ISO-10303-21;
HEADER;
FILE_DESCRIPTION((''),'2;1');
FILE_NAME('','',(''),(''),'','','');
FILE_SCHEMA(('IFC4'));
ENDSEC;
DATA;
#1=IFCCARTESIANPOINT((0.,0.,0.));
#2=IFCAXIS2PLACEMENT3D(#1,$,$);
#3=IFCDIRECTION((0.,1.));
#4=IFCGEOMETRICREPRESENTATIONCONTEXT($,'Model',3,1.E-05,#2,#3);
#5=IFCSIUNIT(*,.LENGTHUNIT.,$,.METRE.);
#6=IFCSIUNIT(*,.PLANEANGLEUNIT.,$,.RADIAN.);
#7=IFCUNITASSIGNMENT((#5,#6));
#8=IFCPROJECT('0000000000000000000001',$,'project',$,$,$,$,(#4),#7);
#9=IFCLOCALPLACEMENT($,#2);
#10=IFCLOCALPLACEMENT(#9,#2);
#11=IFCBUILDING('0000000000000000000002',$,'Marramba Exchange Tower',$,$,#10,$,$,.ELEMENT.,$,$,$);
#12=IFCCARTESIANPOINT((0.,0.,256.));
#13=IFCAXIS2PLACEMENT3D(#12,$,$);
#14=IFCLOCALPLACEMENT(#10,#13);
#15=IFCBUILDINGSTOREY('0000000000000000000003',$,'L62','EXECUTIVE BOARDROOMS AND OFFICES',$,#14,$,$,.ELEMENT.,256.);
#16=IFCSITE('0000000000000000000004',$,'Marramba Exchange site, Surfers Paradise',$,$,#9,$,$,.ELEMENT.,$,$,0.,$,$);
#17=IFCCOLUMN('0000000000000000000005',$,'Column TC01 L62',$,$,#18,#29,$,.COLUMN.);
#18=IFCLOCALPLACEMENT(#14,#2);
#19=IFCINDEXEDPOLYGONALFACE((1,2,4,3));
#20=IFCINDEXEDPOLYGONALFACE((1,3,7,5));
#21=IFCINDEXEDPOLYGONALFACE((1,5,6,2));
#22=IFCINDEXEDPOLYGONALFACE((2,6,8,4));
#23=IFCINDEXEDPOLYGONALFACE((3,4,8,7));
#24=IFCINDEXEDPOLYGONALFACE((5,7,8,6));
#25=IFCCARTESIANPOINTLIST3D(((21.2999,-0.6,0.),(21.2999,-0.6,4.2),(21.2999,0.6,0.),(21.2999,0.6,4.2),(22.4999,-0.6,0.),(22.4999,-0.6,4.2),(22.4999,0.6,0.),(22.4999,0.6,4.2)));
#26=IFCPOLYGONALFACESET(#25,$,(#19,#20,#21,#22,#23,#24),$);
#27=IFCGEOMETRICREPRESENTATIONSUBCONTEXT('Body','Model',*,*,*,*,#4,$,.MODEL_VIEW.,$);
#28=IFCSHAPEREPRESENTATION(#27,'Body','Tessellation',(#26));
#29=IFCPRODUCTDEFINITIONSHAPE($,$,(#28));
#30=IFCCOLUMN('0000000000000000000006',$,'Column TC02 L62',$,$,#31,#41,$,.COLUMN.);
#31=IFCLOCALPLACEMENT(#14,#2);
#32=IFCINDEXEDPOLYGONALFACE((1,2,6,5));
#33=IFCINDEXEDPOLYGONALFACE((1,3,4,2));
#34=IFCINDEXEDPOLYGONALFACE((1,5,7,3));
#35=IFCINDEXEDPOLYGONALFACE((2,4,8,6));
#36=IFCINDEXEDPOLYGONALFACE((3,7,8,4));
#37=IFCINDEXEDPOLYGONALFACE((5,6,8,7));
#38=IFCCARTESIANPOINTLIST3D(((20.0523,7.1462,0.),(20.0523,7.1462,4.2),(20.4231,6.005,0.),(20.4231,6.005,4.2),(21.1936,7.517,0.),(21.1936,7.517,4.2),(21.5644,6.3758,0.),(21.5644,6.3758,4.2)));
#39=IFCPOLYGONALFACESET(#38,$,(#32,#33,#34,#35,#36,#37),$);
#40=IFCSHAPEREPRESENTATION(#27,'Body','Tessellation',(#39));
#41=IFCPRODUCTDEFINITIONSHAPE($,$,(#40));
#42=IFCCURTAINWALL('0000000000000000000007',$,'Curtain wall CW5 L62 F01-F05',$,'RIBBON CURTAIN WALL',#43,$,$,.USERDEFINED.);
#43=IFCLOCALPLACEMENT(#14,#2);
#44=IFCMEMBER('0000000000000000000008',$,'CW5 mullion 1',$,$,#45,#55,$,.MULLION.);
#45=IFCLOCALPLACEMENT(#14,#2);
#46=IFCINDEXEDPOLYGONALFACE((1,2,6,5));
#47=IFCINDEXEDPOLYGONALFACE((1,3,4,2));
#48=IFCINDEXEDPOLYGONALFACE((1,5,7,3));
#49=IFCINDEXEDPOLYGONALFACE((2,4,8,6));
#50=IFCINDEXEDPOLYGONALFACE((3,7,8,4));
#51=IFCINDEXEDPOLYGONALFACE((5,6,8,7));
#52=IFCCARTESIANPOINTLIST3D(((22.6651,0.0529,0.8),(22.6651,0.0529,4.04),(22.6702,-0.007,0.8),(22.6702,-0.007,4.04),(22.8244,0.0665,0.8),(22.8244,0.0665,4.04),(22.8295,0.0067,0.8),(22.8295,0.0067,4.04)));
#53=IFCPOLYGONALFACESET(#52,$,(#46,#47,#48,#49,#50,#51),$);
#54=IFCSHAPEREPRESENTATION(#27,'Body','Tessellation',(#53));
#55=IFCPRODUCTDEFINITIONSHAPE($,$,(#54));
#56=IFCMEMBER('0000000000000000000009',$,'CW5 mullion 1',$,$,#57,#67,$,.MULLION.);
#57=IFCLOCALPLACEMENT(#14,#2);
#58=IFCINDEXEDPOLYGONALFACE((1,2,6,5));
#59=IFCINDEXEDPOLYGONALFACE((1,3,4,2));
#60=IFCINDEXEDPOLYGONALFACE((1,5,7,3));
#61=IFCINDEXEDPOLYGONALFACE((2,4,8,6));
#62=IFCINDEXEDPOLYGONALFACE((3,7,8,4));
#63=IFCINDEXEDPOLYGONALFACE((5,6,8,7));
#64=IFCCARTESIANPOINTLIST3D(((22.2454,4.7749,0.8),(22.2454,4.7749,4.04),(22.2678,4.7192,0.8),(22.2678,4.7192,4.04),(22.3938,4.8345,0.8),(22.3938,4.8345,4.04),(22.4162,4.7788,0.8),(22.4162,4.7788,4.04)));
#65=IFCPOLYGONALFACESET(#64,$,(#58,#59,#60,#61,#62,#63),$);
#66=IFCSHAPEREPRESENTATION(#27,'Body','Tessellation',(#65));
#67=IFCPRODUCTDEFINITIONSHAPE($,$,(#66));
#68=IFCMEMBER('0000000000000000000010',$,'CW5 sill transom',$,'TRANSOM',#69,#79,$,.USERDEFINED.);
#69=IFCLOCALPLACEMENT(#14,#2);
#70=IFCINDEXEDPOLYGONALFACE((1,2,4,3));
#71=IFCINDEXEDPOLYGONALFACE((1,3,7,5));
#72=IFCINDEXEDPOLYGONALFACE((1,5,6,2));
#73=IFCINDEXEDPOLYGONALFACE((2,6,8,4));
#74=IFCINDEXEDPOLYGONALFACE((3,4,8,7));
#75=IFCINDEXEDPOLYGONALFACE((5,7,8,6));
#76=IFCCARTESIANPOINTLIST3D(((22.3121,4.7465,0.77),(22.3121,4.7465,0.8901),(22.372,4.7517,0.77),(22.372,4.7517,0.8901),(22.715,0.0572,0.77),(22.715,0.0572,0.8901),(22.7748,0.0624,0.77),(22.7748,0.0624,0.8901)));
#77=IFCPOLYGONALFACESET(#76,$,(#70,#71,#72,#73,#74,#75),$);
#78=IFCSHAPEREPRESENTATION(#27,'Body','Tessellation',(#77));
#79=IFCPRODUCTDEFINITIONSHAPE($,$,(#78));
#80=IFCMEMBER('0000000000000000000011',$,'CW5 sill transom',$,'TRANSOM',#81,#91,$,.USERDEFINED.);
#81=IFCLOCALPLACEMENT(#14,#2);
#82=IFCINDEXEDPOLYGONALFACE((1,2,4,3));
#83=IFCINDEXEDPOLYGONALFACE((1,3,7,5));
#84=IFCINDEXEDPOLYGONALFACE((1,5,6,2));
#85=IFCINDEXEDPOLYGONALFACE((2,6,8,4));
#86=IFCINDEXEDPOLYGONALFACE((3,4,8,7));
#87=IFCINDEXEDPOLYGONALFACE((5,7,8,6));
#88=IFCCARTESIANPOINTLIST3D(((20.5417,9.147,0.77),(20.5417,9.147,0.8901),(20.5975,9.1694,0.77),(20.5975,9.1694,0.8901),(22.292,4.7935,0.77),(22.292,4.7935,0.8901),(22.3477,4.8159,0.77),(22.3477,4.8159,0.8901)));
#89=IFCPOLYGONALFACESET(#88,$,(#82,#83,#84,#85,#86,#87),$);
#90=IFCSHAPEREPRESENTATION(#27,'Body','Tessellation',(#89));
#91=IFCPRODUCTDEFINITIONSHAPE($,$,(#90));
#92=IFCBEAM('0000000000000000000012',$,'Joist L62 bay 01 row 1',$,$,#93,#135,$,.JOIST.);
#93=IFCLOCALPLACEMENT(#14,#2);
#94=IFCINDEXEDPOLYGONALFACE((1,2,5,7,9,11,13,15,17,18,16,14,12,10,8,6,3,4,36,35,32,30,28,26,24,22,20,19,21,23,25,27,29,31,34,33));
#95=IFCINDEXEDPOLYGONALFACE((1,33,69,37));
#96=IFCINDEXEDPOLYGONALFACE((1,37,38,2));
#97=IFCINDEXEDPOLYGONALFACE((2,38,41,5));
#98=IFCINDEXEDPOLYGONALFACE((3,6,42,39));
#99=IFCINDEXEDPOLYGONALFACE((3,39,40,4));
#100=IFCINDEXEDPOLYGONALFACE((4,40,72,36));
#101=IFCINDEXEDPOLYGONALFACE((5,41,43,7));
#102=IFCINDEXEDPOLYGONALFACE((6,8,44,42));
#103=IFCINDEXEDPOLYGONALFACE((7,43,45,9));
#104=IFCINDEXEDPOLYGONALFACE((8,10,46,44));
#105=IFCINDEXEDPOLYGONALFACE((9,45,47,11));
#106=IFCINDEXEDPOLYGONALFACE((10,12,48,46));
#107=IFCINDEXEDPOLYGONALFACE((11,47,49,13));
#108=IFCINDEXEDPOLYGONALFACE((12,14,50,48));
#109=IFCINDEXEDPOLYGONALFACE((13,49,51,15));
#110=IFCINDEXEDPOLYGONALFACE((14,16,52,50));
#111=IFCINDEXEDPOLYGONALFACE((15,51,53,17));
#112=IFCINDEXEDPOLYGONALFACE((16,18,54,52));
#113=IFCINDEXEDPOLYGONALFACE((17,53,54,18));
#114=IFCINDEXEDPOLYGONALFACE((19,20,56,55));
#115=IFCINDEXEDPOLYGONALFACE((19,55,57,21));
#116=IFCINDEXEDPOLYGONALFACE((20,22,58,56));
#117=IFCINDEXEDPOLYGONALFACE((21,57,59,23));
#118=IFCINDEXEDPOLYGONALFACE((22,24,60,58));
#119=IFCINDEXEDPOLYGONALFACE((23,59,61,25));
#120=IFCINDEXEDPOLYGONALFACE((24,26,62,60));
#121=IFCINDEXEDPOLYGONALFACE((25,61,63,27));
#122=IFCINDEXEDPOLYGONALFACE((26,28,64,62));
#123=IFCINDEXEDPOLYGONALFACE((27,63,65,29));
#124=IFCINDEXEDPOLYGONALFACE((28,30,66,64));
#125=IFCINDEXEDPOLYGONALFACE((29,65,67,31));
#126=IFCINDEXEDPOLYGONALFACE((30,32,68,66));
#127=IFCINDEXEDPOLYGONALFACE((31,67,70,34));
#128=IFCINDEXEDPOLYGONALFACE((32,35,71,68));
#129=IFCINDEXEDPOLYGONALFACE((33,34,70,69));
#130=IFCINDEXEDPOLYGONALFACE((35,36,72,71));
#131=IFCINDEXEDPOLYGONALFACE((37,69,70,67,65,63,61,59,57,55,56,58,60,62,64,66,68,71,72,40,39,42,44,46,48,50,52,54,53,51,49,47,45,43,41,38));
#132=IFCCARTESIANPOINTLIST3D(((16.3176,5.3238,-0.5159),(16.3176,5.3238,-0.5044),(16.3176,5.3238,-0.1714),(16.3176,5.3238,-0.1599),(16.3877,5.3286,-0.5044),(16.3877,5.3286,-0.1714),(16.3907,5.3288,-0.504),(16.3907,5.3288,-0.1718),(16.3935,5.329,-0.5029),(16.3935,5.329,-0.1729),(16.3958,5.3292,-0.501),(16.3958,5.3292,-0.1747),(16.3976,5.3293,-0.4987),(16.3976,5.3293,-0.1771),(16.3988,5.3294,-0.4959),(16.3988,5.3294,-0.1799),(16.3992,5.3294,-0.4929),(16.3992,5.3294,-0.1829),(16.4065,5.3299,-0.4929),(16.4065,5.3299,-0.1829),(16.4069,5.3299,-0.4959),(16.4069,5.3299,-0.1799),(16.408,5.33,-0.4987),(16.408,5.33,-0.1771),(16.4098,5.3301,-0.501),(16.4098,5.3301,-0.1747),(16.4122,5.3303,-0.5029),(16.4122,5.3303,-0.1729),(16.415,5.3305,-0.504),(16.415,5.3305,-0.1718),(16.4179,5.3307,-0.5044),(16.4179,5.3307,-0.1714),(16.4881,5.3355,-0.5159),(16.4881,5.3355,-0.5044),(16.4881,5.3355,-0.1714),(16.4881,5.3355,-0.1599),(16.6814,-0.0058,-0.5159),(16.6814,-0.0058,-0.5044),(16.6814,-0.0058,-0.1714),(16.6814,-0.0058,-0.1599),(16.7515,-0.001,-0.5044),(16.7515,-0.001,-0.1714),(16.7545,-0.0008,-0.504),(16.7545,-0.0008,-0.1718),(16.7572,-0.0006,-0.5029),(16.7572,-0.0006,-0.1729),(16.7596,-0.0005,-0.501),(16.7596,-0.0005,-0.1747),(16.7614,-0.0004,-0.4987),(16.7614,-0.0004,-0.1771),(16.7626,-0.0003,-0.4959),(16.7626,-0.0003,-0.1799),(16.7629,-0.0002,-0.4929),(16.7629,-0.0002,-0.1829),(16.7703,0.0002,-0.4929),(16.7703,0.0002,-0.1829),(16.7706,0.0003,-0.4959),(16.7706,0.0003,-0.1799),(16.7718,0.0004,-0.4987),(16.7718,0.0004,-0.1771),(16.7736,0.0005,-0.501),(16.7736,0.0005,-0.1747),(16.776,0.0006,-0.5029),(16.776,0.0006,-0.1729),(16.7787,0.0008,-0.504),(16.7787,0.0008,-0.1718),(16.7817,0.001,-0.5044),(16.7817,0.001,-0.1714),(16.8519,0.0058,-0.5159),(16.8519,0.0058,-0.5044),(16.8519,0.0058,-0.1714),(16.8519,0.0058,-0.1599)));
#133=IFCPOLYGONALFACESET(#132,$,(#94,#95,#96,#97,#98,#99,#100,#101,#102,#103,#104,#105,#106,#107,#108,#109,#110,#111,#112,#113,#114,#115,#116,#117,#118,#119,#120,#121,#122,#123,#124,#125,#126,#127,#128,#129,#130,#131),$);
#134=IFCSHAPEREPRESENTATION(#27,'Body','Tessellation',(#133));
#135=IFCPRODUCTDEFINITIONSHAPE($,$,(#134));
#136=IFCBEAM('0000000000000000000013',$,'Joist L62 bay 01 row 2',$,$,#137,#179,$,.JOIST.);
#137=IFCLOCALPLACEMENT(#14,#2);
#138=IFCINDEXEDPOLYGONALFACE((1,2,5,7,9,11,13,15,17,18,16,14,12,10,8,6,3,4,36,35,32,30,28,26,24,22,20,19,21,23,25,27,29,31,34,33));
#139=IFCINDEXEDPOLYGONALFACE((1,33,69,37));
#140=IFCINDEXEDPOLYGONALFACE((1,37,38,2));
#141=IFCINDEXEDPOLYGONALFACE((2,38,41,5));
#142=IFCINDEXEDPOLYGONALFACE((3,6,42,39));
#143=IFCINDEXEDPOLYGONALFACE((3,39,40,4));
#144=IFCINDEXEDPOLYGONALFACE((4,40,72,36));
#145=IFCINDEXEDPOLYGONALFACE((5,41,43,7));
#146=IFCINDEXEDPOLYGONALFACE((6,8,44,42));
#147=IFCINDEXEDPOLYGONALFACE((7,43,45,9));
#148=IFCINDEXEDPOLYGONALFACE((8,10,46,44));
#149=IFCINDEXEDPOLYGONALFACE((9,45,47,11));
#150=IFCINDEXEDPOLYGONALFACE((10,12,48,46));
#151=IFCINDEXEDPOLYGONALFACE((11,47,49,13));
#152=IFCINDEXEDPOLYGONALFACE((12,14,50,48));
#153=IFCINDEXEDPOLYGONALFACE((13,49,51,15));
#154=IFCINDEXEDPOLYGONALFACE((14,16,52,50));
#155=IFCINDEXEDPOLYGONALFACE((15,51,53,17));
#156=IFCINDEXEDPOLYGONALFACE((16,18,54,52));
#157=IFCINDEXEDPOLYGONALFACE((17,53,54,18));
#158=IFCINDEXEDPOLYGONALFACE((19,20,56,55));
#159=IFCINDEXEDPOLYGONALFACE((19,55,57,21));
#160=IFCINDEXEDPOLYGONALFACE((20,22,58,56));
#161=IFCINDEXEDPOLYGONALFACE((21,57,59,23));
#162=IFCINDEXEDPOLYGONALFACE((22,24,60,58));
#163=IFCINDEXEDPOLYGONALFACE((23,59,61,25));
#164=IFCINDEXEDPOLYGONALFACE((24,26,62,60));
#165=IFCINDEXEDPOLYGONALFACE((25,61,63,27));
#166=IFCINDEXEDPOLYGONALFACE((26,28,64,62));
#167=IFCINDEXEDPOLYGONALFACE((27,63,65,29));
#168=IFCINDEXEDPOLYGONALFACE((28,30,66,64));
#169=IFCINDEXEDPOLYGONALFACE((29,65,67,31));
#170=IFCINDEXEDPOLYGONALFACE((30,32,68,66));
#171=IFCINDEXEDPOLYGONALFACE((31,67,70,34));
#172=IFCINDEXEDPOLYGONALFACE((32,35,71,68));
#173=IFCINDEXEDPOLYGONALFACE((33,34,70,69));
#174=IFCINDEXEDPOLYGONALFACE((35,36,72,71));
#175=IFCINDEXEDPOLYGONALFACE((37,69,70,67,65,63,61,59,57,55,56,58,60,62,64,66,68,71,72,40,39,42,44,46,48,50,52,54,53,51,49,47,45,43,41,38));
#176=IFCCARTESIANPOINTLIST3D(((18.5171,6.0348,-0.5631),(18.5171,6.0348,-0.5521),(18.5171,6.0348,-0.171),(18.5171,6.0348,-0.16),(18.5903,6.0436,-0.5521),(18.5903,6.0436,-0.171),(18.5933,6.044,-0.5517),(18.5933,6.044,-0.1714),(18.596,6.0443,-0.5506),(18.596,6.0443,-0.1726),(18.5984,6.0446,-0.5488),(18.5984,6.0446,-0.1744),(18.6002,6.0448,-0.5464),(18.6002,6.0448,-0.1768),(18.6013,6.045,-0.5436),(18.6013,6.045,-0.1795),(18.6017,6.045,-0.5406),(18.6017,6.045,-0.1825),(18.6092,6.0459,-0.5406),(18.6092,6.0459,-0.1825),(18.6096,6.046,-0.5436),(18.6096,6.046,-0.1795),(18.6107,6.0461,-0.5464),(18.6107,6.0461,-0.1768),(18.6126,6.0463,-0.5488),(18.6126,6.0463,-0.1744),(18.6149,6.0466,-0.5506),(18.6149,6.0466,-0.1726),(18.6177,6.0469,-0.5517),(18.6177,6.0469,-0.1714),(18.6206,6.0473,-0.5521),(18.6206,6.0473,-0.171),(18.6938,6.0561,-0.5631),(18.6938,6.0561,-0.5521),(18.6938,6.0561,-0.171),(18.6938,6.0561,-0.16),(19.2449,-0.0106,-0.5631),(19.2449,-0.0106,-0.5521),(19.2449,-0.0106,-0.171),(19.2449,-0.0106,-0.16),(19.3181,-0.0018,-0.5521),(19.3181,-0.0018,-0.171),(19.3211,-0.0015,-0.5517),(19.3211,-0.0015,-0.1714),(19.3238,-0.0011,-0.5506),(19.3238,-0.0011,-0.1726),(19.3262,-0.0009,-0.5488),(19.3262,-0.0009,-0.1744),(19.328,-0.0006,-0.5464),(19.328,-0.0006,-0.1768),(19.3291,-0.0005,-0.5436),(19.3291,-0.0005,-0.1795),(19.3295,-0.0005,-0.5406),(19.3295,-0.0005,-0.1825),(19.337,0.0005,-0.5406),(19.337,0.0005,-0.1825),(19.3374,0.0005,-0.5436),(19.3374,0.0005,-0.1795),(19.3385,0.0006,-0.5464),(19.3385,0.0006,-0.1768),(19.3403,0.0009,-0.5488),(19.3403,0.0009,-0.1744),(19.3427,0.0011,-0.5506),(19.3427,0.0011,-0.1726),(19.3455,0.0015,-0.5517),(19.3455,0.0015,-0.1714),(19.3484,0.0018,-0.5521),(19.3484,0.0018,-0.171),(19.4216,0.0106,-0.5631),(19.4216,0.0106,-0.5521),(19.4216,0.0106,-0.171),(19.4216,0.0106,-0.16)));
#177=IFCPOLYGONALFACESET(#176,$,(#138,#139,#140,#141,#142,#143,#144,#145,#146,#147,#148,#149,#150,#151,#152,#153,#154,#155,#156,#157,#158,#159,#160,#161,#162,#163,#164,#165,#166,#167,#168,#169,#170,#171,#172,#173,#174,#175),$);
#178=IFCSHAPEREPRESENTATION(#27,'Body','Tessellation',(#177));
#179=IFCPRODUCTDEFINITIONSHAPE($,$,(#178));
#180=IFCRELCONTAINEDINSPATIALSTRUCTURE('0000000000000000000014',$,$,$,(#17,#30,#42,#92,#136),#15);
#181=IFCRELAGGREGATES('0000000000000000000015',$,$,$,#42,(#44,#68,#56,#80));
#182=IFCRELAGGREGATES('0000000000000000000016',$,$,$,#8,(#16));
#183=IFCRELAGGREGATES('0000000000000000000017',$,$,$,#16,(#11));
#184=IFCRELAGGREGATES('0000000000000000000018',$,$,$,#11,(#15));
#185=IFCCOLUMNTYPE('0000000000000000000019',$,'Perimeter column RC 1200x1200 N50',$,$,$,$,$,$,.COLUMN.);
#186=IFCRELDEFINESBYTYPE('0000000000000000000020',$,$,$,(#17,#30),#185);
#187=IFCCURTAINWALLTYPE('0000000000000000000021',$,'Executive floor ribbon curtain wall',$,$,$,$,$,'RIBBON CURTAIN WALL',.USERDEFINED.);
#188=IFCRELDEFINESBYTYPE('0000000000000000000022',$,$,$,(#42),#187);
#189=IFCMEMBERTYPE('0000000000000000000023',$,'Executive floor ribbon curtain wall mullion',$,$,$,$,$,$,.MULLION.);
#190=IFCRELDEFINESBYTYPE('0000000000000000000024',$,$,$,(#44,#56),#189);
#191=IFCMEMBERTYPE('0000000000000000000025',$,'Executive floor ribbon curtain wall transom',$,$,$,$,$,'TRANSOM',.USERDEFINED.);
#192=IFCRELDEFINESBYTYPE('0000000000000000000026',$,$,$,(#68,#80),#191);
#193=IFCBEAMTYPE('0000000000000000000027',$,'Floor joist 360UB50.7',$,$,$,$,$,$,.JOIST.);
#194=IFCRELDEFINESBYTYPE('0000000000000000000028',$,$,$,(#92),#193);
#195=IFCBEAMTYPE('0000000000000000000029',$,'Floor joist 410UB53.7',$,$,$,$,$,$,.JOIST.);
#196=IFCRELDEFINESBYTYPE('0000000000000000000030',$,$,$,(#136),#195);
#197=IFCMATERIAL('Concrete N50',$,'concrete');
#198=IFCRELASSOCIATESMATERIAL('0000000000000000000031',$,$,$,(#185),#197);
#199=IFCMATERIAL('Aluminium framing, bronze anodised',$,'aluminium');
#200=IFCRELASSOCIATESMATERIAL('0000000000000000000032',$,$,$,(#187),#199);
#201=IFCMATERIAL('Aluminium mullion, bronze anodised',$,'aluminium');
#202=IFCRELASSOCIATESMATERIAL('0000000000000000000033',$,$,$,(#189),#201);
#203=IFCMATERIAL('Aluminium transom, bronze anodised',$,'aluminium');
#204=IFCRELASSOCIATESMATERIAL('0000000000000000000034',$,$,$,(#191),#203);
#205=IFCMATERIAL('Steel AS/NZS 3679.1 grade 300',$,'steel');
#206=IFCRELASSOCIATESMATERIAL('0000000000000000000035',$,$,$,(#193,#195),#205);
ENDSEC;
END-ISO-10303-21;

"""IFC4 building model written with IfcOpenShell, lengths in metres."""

from ifc_helpers import new_model, si_unit, direction, frame, origin, origin_2d, place, context, subcontext, project, spatial, rectangle, i_section, extrude, material, material_profile, profile_set, type_object, element, aggregate, save


model = new_model("IFC4")

# Units and contexts
model_context = context("Model", 3, precision=1e-05, world=origin(), true_north=direction((0.0, 1.0)))
body_context = subcontext(model_context, "Body", "Model", "MODEL_VIEW")
ifc_project = project(units=[si_unit("LENGTHUNIT", "METRE"), si_unit("PLANEANGLEUNIT", "RADIAN")], contexts=[model_context])

# Site, building, storey
site_placement = place(None, origin())
site = spatial("IfcSite", under=ifc_project, at=site_placement, Name="Marramba Exchange site, Surfers Paradise", CompositionType="ELEMENT", RefElevation=0.0)
building_placement = place(site_placement, origin())
building = spatial("IfcBuilding", under=site, at=building_placement, Name="Marramba Exchange Tower", CompositionType="ELEMENT")
storey_placement = place(building_placement, frame((0.0, 0.0, 256.0)))
storey = spatial("IfcBuildingStorey", under=building, at=storey_placement, Name="L62", Description="EXECUTIVE BOARDROOMS AND OFFICES", CompositionType="ELEMENT", Elevation=256.0)

# Columns
ifc_material_1 = material(Name="Concrete N50", Category="concrete")
ifc_material_profile_1 = material_profile(ifc_material_1, rectangle(XDim=1.2, YDim=1.2, at=origin_2d()), Name="RC 1200x1200")
ifc_profile_set_1 = profile_set([ifc_material_profile_1], Name="Concrete N50")
column_type = type_object("IfcColumnType", Name="Perimeter column RC 1200x1200 N50", PredefinedType="COLUMN", material=ifc_profile_set_1)
for number, where, z_axis, x_axis, name in (
    (1, (21.8999, 0.0, 0.0), (0.0, 0.0, 1.0), (1.0, 0.0, 0.0), "Column TC01 L62"),
    (2, (20.8083, 6.761, 0.0), (0.0, 0.0, 1.0), (0.951057, 0.309017, 0.0), "Column TC02 L62"),
):
    element("IfcColumn", number, at=place(storey_placement, frame(where, z_axis=z_axis, x_axis=x_axis)), inside=storey, type_object=column_type, Name=name, PredefinedType="COLUMN", context=body_context, shape_type="SweptSolid", body=[
        extrude(rectangle(XDim=1.2, YDim=1.2, at=origin_2d()), origin(), (0.0, 0.0, 1.0), 4.2),
    ])

# Curtain wall, members
ifc_material_2 = material(Name="Aluminium framing, bronze anodised", Category="aluminium")
curtain_wall_type = type_object("IfcCurtainWallType", Name="Executive floor ribbon curtain wall", ElementType="RIBBON CURTAIN WALL", PredefinedType="USERDEFINED", material=ifc_material_2)
curtain_wall_placement = place(storey_placement, origin())
curtain_wall = element("IfcCurtainWall", 3, at=curtain_wall_placement, inside=storey, type_object=curtain_wall_type, Name="Curtain wall CW5 L62 F01-F05", ObjectType="RIBBON CURTAIN WALL", PredefinedType="USERDEFINED")
ifc_material_3 = material(Name="Aluminium mullion, bronze anodised", Category="aluminium")
ifc_material_profile_2 = material_profile(ifc_material_3, rectangle(XDim=0.1599, YDim=0.0601, at=origin_2d()), Name="CW5 mullion 60x160")
ifc_profile_set_2 = profile_set([ifc_material_profile_2], Name="Aluminium mullion, bronze anodised")
member_type_1 = type_object("IfcMemberType", Name="Executive floor ribbon curtain wall mullion", PredefinedType="MULLION", material=ifc_profile_set_2)
member_1_placement = place(storey_placement, frame((22.7473, 0.0298, 0.8), z_axis=(0.0, 0.0, 1.0), x_axis=(-0.996332, -0.085574, 0.0)))
member_1 = element("IfcMember", 4, at=member_1_placement, type_object=member_type_1, Name="CW5 mullion 1", PredefinedType="MULLION", context=body_context, shape_type="SweptSolid", body=[
    extrude(rectangle(XDim=0.1599, YDim=0.0601, at=origin_2d()), origin(), (0.0, 0.0, 1.0), 3.24),
])
member_2_placement = place(storey_placement, frame((22.3308, 4.7769, 0.8), z_axis=(0.0, 0.0, 1.0), x_axis=(-0.927838, -0.372983, 0.0)))
member_2 = element("IfcMember", 5, at=member_2_placement, type_object=member_type_1, Name="CW5 mullion 1", PredefinedType="MULLION", context=body_context, shape_type="SweptSolid", body=[
    extrude(rectangle(XDim=0.1599, YDim=0.0601, at=origin_2d()), origin(), (0.0, 0.0, 1.0), 3.24),
])
ifc_material_4 = material(Name="Aluminium transom, bronze anodised", Category="aluminium")
ifc_material_profile_3 = material_profile(ifc_material_4, rectangle(XDim=0.0601, YDim=0.1201, at=origin_2d()), Name="CW5 transom 60x120")
ifc_profile_set_3 = profile_set([ifc_material_profile_3], Name="Aluminium transom, bronze anodised")
member_type_2 = type_object("IfcMemberType", Name="Executive floor ribbon curtain wall transom", ElementType="TRANSOM", PredefinedType="USERDEFINED", material=ifc_profile_set_3)
member_3_placement = place(storey_placement, frame((22.7449, 0.0598, 0.8301), z_axis=(-0.085591, 0.99633, 0.0), x_axis=(-0.99633, -0.085591, 0.0)))
member_3 = element("IfcMember", 6, at=member_3_placement, type_object=member_type_2, Name="CW5 sill transom", ObjectType="TRANSOM", PredefinedType="USERDEFINED", context=body_context, shape_type="SweptSolid", body=[
    extrude(rectangle(XDim=0.0601, YDim=0.1201, at=origin_2d()), origin(), (0.0, 0.0, 1.0), 4.7065),
])
member_4_placement = place(storey_placement, frame((22.3198, 4.8047, 0.8301), z_axis=(-0.373014, 0.927826, 0.0), x_axis=(-0.927826, -0.373014, 0.0)))
member_4 = element("IfcMember", 7, at=member_4_placement, type_object=member_type_2, Name="CW5 sill transom", ObjectType="TRANSOM", PredefinedType="USERDEFINED", context=body_context, shape_type="SweptSolid", body=[
    extrude(rectangle(XDim=0.0601, YDim=0.1201, at=origin_2d()), origin(), (0.0, 0.0, 1.0), 4.6921),
])

# Beams
ifc_material_5 = material(Name="Steel AS/NZS 3679.1 grade 300", Category="steel")
ifc_material_profile_4 = material_profile(ifc_material_5, i_section(OverallWidth=0.1709, OverallDepth=0.356, WebThickness=0.0073, FlangeThickness=0.0115, FilletRadius=0.0115, at=origin_2d()), Name="360UB50.7")
ifc_profile_set_4 = profile_set([ifc_material_profile_4], Name="Steel AS/NZS 3679.1 grade 300")
beam_type_1 = type_object("IfcBeamType", Name="Floor joist 360UB50.7", PredefinedType="JOIST", material=ifc_profile_set_4)
beam_1_placement = place(storey_placement, frame((16.7666, 0.0, -0.3379), z_axis=(-0.068096, 0.997679, 0.0), x_axis=(-0.997679, -0.068096, 0.0)))
element("IfcBeam", 8, at=beam_1_placement, inside=storey, type_object=beam_type_1, Name="Joist L62 bay 01 row 1", PredefinedType="JOIST", context=body_context, shape_type="SweptSolid", body=[
    extrude(i_section(OverallWidth=0.1709, OverallDepth=0.356, WebThickness=0.0073, FlangeThickness=0.0115, FilletRadius=0.0115, at=origin_2d()), origin(), (0.0, 0.0, 1.0), 5.342),
])
ifc_material_profile_5 = material_profile(ifc_material_5, i_section(OverallWidth=0.178, OverallDepth=0.4031, WebThickness=0.0076, FlangeThickness=0.011, FilletRadius=0.0115, at=origin_2d()), Name="410UB53.7")
ifc_profile_set_5 = profile_set([ifc_material_profile_5], Name="Steel AS/NZS 3679.1 grade 300")
beam_type_2 = type_object("IfcBeamType", Name="Floor joist 410UB53.7", PredefinedType="JOIST", material=ifc_profile_set_5)
beam_2_placement = place(storey_placement, frame((19.3333, 0.0, -0.3616), z_axis=(-0.119523, 0.992831, 0.0), x_axis=(-0.992831, -0.119523, 0.0)))
element("IfcBeam", 9, at=beam_2_placement, inside=storey, type_object=beam_type_2, Name="Joist L62 bay 01 row 2", PredefinedType="JOIST", context=body_context, shape_type="SweptSolid", body=[
    extrude(i_section(OverallWidth=0.178, OverallDepth=0.4031, WebThickness=0.0076, FlangeThickness=0.011, FilletRadius=0.0115, at=origin_2d()), origin(), (0.0, 0.0, 1.0), 6.0891),
])

aggregate(curtain_wall, [member_1, member_3, member_2, member_4])

save(model, "model.ifc")
